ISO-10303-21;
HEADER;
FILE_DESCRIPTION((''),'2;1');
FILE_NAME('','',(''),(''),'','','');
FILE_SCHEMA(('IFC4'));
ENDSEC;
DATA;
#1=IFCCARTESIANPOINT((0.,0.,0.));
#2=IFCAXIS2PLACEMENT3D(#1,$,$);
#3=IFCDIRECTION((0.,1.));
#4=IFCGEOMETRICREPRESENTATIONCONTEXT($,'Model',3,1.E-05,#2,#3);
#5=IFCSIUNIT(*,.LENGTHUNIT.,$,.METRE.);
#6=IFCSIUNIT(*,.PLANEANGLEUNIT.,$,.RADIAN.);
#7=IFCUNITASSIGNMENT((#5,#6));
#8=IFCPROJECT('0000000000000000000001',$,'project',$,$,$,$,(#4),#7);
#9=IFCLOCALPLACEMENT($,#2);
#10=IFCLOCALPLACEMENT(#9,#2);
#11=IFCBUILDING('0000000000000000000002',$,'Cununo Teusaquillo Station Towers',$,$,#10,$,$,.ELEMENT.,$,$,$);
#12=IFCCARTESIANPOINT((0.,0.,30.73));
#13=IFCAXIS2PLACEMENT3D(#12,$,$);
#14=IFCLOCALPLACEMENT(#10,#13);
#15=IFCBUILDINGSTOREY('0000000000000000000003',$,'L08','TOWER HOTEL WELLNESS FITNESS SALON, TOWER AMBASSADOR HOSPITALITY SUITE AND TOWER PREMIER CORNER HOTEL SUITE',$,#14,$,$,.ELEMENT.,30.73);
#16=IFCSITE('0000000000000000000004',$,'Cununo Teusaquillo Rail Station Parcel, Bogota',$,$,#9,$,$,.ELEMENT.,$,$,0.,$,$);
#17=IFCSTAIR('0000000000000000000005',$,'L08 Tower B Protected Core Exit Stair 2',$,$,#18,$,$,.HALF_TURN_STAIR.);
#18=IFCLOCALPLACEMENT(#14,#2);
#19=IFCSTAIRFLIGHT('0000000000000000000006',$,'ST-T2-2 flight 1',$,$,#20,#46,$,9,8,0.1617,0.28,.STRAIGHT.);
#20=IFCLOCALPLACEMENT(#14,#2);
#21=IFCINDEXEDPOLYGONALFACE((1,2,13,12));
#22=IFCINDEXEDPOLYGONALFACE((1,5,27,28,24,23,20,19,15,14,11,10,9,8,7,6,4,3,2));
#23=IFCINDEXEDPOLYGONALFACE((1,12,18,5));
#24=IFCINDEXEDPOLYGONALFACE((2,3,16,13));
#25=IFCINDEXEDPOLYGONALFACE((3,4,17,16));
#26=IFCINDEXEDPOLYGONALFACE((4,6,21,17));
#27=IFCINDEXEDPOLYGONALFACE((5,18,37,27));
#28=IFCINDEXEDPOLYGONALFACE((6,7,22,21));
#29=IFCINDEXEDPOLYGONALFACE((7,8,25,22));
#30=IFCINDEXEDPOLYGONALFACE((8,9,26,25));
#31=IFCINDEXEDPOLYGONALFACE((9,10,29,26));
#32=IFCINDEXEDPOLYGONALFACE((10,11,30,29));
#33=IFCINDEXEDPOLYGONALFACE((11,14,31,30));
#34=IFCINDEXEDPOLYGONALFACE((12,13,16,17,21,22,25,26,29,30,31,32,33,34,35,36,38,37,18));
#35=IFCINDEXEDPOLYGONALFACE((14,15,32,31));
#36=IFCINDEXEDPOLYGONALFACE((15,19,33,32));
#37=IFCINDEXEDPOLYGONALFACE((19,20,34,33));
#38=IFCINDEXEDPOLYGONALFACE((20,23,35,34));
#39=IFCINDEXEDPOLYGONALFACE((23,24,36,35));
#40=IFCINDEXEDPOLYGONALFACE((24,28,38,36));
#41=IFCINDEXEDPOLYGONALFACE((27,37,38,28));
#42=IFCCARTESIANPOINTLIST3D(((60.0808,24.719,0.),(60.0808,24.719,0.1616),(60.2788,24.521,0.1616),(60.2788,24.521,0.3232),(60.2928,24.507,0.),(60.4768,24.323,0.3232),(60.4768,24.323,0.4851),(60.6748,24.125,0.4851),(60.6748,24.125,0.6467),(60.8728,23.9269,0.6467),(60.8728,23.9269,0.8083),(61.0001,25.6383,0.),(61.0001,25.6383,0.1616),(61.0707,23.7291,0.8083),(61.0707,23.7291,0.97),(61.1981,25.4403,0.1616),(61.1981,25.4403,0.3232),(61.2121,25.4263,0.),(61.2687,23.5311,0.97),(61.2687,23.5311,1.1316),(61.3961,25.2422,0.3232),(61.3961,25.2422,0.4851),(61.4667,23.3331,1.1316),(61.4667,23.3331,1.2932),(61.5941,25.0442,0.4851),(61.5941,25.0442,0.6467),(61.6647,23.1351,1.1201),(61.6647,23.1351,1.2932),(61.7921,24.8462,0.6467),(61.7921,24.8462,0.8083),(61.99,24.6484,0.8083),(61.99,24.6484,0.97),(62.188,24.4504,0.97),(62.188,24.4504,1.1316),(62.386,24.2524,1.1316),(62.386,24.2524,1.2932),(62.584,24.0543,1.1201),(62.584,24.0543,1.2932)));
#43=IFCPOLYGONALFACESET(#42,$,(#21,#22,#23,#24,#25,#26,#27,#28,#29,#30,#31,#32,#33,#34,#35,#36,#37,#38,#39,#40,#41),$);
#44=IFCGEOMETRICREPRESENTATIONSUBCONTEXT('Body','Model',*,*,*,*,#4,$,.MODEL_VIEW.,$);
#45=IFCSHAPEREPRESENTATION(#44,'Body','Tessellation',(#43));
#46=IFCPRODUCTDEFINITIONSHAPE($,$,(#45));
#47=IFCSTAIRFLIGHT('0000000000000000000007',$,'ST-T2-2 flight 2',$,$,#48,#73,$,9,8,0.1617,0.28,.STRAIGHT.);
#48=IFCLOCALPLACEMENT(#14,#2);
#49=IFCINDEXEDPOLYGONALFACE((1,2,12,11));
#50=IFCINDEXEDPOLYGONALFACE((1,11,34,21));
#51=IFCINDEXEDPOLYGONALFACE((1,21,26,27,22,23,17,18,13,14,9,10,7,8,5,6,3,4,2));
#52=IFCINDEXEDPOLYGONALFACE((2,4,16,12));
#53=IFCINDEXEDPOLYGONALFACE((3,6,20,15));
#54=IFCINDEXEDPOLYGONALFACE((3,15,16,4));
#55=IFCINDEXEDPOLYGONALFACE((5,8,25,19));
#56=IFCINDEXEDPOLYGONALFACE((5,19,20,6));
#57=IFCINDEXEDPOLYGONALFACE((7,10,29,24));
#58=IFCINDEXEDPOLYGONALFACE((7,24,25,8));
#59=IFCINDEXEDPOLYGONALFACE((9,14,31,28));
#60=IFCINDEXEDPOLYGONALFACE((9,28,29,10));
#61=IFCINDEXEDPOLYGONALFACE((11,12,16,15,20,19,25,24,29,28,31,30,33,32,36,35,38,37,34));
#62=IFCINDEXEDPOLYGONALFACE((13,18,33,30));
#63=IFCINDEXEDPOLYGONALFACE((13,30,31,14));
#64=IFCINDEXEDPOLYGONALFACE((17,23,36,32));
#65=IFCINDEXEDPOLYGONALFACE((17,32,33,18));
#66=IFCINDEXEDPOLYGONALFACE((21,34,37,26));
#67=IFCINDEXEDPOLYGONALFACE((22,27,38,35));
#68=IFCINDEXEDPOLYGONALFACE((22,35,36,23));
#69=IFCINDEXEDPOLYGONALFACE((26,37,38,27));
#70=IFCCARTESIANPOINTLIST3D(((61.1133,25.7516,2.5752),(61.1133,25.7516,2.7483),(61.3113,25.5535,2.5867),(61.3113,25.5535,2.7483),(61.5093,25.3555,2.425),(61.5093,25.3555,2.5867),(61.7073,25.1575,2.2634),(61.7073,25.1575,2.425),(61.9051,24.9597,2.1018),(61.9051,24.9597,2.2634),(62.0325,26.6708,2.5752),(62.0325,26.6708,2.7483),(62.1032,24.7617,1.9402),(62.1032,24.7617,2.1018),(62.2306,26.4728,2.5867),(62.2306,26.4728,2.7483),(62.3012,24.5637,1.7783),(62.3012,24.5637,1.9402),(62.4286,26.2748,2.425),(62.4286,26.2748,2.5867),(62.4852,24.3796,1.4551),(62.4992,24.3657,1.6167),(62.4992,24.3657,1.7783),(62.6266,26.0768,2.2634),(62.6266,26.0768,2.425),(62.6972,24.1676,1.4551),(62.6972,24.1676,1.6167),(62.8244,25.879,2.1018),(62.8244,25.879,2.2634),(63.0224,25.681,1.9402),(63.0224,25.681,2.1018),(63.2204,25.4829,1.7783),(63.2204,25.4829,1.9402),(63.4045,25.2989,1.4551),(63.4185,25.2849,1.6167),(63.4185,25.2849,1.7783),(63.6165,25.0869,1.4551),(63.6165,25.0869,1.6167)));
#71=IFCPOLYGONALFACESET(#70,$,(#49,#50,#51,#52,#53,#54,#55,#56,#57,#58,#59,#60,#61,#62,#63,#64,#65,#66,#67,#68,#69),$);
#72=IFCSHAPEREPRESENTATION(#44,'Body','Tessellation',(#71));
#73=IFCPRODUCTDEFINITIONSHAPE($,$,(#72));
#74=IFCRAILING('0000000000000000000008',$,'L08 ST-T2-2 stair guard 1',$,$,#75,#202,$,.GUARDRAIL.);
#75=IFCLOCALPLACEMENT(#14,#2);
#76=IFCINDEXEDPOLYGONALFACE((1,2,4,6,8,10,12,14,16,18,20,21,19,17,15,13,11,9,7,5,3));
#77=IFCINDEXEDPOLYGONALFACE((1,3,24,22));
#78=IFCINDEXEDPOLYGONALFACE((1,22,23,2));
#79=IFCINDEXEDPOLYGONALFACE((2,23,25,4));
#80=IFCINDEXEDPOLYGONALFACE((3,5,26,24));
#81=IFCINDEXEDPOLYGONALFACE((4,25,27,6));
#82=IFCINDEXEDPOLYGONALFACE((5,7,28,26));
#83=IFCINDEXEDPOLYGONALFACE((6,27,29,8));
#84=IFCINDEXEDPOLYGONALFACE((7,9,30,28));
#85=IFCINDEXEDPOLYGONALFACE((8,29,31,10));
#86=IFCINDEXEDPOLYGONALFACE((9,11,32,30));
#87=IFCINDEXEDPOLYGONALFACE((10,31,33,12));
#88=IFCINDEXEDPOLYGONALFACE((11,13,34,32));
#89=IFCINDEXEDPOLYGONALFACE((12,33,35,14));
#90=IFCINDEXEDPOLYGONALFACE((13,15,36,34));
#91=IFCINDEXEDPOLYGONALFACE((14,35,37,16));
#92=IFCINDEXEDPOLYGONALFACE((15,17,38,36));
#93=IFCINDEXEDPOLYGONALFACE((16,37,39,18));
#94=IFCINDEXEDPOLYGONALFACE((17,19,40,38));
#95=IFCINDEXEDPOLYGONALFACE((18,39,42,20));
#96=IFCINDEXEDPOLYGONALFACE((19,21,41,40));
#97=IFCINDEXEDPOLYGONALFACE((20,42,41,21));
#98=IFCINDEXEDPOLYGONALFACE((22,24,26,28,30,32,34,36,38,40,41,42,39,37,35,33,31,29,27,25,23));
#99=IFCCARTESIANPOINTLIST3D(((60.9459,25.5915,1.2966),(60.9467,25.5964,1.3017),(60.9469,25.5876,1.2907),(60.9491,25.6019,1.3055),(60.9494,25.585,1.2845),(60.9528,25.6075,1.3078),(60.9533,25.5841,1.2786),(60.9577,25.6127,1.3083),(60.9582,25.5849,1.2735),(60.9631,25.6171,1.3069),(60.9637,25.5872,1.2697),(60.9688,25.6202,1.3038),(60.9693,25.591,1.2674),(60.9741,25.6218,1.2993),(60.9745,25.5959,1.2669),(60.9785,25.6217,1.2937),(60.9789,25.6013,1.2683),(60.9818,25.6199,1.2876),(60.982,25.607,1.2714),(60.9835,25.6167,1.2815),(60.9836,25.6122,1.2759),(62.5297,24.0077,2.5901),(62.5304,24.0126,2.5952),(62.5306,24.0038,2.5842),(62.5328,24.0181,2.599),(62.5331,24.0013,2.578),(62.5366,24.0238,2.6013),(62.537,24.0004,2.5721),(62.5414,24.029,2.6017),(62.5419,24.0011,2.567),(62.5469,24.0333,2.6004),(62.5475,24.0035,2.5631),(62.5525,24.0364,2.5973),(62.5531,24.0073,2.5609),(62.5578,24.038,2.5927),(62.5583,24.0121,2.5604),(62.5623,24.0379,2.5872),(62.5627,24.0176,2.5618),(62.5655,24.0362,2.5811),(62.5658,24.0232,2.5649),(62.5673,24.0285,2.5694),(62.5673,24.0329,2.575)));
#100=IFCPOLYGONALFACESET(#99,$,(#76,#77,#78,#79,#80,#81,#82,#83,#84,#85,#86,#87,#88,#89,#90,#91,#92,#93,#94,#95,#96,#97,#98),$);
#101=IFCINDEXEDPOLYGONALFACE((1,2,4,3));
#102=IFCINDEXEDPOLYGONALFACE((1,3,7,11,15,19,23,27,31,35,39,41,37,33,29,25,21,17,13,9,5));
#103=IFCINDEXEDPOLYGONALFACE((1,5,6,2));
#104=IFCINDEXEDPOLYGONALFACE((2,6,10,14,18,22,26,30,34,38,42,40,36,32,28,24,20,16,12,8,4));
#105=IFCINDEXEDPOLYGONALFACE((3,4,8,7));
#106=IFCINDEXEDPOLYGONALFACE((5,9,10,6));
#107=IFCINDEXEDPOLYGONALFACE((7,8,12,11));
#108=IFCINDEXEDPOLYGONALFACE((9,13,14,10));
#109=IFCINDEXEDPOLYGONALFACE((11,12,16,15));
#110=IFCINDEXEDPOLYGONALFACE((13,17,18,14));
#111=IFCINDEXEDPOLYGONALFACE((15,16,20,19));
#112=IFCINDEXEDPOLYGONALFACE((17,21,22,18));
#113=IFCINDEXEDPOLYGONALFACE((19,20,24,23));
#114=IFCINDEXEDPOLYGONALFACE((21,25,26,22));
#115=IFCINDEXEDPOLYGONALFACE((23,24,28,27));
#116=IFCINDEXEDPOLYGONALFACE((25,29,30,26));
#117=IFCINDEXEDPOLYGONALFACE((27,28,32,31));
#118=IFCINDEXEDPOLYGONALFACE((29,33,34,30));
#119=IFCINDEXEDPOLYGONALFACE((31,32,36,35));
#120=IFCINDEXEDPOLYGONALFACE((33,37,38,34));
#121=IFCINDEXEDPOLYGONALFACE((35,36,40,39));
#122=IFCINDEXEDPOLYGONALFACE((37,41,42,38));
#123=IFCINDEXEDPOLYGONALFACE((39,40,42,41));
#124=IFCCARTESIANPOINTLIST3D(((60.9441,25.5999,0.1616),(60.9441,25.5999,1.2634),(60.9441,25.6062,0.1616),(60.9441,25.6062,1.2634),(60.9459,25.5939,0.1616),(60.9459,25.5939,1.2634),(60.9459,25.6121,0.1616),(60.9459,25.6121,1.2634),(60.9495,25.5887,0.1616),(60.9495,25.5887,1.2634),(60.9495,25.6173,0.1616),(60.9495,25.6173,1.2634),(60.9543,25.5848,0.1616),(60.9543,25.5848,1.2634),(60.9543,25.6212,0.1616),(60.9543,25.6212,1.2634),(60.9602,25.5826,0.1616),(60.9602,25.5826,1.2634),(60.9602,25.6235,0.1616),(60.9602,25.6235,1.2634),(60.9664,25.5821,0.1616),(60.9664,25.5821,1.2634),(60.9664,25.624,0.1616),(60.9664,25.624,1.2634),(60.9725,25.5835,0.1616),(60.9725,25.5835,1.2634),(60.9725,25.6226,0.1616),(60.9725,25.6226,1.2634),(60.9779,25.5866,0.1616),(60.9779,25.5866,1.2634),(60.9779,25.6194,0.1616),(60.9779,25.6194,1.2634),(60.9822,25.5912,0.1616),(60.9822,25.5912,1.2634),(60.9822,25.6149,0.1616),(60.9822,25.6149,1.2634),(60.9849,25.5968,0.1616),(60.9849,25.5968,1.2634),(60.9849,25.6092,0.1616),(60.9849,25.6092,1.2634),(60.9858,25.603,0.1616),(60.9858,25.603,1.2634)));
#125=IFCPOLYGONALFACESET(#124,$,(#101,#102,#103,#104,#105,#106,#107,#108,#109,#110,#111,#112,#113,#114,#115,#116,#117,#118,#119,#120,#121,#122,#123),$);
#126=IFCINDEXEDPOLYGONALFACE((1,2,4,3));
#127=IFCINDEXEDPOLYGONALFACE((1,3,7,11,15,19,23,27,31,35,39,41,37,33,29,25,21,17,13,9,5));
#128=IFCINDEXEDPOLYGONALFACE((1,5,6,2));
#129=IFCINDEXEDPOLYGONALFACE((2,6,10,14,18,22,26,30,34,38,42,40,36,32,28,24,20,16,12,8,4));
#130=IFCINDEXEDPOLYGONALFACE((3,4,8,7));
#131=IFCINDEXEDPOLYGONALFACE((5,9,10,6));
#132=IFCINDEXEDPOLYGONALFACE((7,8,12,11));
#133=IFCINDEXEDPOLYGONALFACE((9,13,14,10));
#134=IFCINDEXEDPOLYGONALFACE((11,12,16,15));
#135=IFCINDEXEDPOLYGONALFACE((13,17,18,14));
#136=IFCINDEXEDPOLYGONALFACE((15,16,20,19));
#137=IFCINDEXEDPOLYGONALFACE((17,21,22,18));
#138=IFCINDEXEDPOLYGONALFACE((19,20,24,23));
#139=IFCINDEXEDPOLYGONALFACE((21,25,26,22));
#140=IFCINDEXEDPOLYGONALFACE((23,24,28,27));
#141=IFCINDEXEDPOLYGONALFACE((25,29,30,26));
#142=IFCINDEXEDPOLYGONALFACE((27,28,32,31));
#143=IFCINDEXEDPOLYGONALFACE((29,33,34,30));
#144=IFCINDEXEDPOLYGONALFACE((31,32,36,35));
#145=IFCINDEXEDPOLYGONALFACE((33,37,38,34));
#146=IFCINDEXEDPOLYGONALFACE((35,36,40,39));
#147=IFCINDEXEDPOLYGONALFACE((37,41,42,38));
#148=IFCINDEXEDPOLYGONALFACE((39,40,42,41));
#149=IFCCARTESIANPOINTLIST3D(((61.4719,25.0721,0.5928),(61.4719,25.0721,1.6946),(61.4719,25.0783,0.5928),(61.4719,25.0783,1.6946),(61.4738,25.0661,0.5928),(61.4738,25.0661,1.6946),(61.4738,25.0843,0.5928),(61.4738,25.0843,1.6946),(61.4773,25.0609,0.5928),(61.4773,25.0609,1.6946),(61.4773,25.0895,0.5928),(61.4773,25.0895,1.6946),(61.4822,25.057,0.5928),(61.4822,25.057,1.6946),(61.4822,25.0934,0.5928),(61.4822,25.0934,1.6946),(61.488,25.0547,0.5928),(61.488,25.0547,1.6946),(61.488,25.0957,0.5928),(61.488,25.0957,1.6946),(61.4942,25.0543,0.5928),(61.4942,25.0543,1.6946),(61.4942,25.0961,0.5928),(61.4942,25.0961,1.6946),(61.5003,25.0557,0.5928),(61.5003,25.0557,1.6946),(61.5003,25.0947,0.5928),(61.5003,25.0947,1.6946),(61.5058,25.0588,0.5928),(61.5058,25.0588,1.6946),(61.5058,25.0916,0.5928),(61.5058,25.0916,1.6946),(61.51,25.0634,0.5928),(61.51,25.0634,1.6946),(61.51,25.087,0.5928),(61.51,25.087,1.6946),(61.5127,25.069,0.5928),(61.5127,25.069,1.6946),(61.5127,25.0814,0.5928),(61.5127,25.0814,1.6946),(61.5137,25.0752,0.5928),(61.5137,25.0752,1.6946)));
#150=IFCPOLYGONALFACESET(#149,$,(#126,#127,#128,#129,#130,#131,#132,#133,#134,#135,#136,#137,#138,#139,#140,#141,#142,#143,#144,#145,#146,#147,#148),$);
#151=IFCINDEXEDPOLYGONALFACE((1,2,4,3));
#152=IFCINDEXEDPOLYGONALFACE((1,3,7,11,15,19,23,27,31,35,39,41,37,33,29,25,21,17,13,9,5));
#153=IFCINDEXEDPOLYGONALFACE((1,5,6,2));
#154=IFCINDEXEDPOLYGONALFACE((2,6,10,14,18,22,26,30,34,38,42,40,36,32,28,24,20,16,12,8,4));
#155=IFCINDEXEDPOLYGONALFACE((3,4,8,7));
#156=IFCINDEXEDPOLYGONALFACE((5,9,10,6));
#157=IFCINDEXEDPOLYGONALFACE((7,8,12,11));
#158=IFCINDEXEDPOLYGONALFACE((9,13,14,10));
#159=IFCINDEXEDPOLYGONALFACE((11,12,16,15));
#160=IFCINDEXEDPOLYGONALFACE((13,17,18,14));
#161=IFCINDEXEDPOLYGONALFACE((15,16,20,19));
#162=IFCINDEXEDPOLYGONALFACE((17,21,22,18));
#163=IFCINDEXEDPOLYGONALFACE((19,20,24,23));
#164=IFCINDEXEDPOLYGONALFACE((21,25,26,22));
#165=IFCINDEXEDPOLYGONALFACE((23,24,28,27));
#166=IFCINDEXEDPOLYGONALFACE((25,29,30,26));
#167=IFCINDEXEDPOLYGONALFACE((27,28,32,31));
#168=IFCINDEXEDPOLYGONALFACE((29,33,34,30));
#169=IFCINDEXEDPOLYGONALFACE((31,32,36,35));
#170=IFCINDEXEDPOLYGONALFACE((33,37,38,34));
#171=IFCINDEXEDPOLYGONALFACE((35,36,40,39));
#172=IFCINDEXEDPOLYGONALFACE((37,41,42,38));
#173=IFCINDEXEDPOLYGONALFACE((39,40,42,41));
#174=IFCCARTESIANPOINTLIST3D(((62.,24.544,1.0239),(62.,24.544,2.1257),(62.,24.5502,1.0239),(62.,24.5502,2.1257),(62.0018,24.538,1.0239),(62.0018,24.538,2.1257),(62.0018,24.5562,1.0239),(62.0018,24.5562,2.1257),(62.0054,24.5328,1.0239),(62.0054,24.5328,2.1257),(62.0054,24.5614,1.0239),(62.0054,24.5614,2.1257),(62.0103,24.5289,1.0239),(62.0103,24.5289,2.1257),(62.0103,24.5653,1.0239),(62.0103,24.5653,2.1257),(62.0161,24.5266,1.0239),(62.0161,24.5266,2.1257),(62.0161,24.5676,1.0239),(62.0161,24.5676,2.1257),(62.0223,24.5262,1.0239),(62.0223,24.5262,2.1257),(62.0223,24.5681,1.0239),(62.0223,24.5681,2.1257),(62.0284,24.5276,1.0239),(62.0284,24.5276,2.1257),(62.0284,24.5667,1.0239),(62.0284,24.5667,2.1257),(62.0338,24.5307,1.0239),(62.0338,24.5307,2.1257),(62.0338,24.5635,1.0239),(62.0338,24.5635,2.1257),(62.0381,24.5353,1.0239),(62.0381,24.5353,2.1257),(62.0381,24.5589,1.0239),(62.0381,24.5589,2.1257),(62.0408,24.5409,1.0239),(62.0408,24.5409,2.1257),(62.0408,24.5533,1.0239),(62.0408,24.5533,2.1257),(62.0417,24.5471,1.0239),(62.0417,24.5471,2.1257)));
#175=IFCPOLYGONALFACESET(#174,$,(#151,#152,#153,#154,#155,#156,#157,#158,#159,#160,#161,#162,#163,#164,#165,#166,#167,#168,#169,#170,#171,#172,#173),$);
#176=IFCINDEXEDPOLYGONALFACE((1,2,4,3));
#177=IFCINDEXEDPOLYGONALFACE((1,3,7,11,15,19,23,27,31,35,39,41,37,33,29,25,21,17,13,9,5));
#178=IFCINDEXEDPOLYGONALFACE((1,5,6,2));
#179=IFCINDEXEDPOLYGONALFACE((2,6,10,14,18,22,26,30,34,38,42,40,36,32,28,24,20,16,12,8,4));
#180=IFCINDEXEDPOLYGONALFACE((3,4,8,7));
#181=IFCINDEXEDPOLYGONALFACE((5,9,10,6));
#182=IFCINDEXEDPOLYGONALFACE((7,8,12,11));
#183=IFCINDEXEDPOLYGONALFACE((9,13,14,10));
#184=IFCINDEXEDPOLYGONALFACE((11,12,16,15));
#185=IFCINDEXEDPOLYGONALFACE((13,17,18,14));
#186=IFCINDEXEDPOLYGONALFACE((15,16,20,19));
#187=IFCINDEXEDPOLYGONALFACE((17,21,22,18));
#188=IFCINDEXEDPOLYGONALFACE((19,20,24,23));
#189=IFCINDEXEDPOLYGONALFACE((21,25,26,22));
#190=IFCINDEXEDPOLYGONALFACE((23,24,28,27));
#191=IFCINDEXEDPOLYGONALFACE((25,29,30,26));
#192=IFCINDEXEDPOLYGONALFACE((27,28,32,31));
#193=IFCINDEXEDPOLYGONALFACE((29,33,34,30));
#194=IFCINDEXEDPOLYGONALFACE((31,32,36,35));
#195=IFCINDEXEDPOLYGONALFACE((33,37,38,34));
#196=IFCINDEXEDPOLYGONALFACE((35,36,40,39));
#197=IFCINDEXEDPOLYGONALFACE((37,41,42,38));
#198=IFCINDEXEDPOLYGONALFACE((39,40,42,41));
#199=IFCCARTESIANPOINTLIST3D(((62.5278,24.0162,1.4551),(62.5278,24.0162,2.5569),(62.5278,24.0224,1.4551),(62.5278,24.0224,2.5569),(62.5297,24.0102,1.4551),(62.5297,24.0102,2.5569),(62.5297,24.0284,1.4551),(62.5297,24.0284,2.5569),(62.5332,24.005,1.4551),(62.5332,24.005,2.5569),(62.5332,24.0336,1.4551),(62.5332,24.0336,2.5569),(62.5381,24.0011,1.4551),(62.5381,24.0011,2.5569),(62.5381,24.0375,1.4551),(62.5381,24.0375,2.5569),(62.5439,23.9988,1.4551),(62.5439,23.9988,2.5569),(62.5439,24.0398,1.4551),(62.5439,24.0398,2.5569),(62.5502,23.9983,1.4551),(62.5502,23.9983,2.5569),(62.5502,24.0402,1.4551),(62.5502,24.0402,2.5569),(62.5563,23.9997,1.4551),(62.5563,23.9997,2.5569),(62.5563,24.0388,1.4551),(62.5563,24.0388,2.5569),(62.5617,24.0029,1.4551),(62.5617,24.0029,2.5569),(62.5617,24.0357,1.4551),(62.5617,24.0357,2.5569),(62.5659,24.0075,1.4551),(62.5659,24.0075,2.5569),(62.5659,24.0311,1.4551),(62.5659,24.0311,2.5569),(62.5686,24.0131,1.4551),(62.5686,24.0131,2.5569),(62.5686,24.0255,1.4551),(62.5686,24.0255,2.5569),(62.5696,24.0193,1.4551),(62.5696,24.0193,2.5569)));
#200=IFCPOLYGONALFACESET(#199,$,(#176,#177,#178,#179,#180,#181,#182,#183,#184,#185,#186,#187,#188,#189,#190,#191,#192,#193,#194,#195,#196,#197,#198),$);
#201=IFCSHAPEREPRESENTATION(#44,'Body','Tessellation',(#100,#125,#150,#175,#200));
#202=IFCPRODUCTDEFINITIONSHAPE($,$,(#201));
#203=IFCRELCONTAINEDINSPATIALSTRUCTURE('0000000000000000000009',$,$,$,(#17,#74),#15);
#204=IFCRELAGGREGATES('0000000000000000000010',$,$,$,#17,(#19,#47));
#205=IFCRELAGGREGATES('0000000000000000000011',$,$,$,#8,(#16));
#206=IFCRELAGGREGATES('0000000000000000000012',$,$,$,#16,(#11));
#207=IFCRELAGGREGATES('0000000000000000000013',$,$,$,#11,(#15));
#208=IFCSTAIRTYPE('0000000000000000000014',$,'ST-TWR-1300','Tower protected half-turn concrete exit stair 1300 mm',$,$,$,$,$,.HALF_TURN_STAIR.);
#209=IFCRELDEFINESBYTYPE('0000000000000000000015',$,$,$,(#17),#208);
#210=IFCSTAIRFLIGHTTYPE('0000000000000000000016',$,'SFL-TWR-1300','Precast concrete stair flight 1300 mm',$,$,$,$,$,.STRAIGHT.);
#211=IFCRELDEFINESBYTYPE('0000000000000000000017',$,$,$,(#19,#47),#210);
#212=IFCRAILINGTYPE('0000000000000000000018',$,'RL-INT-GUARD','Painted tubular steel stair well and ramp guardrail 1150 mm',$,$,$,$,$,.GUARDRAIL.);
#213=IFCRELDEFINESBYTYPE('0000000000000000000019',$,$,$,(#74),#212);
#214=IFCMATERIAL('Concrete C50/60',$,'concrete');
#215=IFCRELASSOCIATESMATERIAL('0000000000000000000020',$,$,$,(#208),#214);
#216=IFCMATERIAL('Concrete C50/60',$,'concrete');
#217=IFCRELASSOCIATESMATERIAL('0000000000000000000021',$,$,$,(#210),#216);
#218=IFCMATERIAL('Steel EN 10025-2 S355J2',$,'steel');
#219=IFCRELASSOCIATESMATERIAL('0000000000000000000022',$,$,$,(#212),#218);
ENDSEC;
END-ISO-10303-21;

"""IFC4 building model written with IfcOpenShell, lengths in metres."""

from ifc_helpers import new_model, si_unit, direction, frame, origin, origin_2d, place, context, subcontext, project, spatial, polyline, circle, outline, extrude, material, type_object, element, aggregate, save


model = new_model("IFC4")

# Units and contexts
model_context = context("Model", 3, precision=1e-05, world=origin(), true_north=direction((0.0, 1.0)))
body_context = subcontext(model_context, "Body", "Model", "MODEL_VIEW")
ifc_project = project(units=[si_unit("LENGTHUNIT", "METRE"), si_unit("PLANEANGLEUNIT", "RADIAN")], contexts=[model_context])

# Site, building, storey
site_placement = place(None, origin())
site = spatial("IfcSite", under=ifc_project, at=site_placement, Name="Cununo Teusaquillo Rail Station Parcel, Bogota", CompositionType="ELEMENT", RefElevation=0.0)
building_placement = place(site_placement, origin())
building = spatial("IfcBuilding", under=site, at=building_placement, Name="Cununo Teusaquillo Station Towers", CompositionType="ELEMENT")
storey_placement = place(building_placement, frame((0.0, 0.0, 30.73)))
storey = spatial("IfcBuildingStorey", under=building, at=storey_placement, Name="L08", Description="TOWER HOTEL WELLNESS FITNESS SALON, TOWER AMBASSADOR HOSPITALITY SUITE AND TOWER PREMIER CORNER HOTEL SUITE", CompositionType="ELEMENT", Elevation=30.73)

# Stair, stair flights
ifc_material_1 = material(Name="Concrete C50/60", Category="concrete")
stair_type = type_object("IfcStairType", Name="ST-TWR-1300", Description="Tower protected half-turn concrete exit stair 1300 mm", PredefinedType="HALF_TURN_STAIR", material=ifc_material_1)
stair_placement = place(storey_placement, origin())
stair = element("IfcStair", 1, at=stair_placement, inside=storey, type_object=stair_type, Name="L08 Tower B Protected Core Exit Stair 2", PredefinedType="HALF_TURN_STAIR")
ifc_material_2 = material(Name="Concrete C50/60", Category="concrete")
stair_flight_type = type_object("IfcStairFlightType", Name="SFL-TWR-1300", Description="Precast concrete stair flight 1300 mm", PredefinedType="STRAIGHT", material=ifc_material_2)
stair_flight_1_placement = place(storey_placement, frame((60.5405, 25.1787, 0.0), z_axis=(0.0, 0.0, 1.0), x_axis=(0.707107, -0.707107, 0.0)))
stair_flight_1 = element("IfcStairFlight", 2, at=stair_flight_1_placement, type_object=stair_flight_type, Name="ST-T2-2 flight 1", NumberOfRisers=9, NumberOfTreads=8, PredefinedType="STRAIGHT", RiserHeight=0.1617, TreadLength=0.28, context=body_context, shape_type="SweptSolid", body=[
    extrude(outline(polyline([(0.0, 0.0), (0.0, 0.1616), (0.28, 0.1616), (0.28, 0.3232), (0.5601, 0.3232), (0.5601, 0.4851), (0.8401, 0.4851), (0.8401, 0.6467), (1.1201, 0.6467), (1.1201, 0.8083), (1.3999, 0.8083), (1.3999, 0.97), (1.6799, 0.97), (1.6799, 1.1316), (1.96, 1.1316), (1.96, 1.2932), (2.24, 1.2932), (2.24, 1.4551), (2.24, 1.1201), (0.2998, 0.0), (0.0, 0.0)])), frame((0.0, 0.6499, 0.0), z_axis=(0.0, -1.0, 0.0), x_axis=(1.0, 0.0, 0.0)), (0.0, 0.0, 1.0), 1.3),
])
stair_flight_2_placement = place(storey_placement, frame((63.1567, 24.6272, 1.4551), z_axis=(0.0, 0.0, 1.0), x_axis=(-0.707107, 0.707107, 0.0)))
stair_flight_2 = element("IfcStairFlight", 3, at=stair_flight_2_placement, type_object=stair_flight_type, Name="ST-T2-2 flight 2", NumberOfRisers=9, NumberOfTreads=8, PredefinedType="STRAIGHT", RiserHeight=0.1617, TreadLength=0.28, context=body_context, shape_type="SweptSolid", body=[
    extrude(outline(polyline([(0.0, 0.0), (0.0, 0.1616), (0.28, 0.1616), (0.28, 0.3232), (0.5601, 0.3232), (0.5601, 0.4851), (0.8401, 0.4851), (0.8401, 0.6467), (1.1201, 0.6467), (1.1201, 0.8083), (1.3999, 0.8083), (1.3999, 0.97), (1.6799, 0.97), (1.6799, 1.1316), (1.96, 1.1316), (1.96, 1.2932), (2.24, 1.2932), (2.24, 1.4551), (2.24, 1.1201), (0.2998, 0.0), (0.0, 0.0)])), frame((0.0, 0.6499, 0.0), z_axis=(0.0, -1.0, 0.0), x_axis=(1.0, 0.0, 0.0)), (0.0, 0.0, 1.0), 1.3),
])
aggregate(stair, [stair_flight_1, stair_flight_2])

# Railing
ifc_material_3 = material(Name="Steel EN 10025-2 S355J2", Category="steel")
railing_type_1 = type_object("IfcRailingType", Name="RL-INT-GUARD", Description="Painted tubular steel stair well and ramp guardrail 1150 mm", PredefinedType="GUARDRAIL", material=ifc_material_3)
railing_1_placement = place(storey_placement, frame((60.9648, 25.603, 0.1616)))
element("IfcRailing", 4, at=railing_1_placement, inside=storey, type_object=railing_type_1, Name="L08 ST-T2-2 stair guard 1", PredefinedType="GUARDRAIL", context=body_context, shape_type="SweptSolid", body=[
    extrude(circle(Radius=0.0239, at=origin_2d()), frame((0.0, 0.0, 1.126), z_axis=(0.612332, -0.612332, 0.500098), x_axis=(0.707107, 0.707107, 0.0)), (0.0, 0.0, 1.0), 2.5864),
    extrude(circle(Radius=0.021, at=origin_2d()), origin(), (0.0, 0.0, 1.0), 1.1018),
    extrude(circle(Radius=0.021, at=origin_2d()), frame((0.5278, -0.5278, 0.4312)), (0.0, 0.0, 1.0), 1.1018),
    extrude(circle(Radius=0.021, at=origin_2d()), frame((1.0559, -1.0559, 0.8623)), (0.0, 0.0, 1.0), 1.1018),
    extrude(circle(Radius=0.021, at=origin_2d()), frame((1.5837, -1.5837, 1.2935)), (0.0, 0.0, 1.0), 1.1018),
])

save(model, "model.ifc")
